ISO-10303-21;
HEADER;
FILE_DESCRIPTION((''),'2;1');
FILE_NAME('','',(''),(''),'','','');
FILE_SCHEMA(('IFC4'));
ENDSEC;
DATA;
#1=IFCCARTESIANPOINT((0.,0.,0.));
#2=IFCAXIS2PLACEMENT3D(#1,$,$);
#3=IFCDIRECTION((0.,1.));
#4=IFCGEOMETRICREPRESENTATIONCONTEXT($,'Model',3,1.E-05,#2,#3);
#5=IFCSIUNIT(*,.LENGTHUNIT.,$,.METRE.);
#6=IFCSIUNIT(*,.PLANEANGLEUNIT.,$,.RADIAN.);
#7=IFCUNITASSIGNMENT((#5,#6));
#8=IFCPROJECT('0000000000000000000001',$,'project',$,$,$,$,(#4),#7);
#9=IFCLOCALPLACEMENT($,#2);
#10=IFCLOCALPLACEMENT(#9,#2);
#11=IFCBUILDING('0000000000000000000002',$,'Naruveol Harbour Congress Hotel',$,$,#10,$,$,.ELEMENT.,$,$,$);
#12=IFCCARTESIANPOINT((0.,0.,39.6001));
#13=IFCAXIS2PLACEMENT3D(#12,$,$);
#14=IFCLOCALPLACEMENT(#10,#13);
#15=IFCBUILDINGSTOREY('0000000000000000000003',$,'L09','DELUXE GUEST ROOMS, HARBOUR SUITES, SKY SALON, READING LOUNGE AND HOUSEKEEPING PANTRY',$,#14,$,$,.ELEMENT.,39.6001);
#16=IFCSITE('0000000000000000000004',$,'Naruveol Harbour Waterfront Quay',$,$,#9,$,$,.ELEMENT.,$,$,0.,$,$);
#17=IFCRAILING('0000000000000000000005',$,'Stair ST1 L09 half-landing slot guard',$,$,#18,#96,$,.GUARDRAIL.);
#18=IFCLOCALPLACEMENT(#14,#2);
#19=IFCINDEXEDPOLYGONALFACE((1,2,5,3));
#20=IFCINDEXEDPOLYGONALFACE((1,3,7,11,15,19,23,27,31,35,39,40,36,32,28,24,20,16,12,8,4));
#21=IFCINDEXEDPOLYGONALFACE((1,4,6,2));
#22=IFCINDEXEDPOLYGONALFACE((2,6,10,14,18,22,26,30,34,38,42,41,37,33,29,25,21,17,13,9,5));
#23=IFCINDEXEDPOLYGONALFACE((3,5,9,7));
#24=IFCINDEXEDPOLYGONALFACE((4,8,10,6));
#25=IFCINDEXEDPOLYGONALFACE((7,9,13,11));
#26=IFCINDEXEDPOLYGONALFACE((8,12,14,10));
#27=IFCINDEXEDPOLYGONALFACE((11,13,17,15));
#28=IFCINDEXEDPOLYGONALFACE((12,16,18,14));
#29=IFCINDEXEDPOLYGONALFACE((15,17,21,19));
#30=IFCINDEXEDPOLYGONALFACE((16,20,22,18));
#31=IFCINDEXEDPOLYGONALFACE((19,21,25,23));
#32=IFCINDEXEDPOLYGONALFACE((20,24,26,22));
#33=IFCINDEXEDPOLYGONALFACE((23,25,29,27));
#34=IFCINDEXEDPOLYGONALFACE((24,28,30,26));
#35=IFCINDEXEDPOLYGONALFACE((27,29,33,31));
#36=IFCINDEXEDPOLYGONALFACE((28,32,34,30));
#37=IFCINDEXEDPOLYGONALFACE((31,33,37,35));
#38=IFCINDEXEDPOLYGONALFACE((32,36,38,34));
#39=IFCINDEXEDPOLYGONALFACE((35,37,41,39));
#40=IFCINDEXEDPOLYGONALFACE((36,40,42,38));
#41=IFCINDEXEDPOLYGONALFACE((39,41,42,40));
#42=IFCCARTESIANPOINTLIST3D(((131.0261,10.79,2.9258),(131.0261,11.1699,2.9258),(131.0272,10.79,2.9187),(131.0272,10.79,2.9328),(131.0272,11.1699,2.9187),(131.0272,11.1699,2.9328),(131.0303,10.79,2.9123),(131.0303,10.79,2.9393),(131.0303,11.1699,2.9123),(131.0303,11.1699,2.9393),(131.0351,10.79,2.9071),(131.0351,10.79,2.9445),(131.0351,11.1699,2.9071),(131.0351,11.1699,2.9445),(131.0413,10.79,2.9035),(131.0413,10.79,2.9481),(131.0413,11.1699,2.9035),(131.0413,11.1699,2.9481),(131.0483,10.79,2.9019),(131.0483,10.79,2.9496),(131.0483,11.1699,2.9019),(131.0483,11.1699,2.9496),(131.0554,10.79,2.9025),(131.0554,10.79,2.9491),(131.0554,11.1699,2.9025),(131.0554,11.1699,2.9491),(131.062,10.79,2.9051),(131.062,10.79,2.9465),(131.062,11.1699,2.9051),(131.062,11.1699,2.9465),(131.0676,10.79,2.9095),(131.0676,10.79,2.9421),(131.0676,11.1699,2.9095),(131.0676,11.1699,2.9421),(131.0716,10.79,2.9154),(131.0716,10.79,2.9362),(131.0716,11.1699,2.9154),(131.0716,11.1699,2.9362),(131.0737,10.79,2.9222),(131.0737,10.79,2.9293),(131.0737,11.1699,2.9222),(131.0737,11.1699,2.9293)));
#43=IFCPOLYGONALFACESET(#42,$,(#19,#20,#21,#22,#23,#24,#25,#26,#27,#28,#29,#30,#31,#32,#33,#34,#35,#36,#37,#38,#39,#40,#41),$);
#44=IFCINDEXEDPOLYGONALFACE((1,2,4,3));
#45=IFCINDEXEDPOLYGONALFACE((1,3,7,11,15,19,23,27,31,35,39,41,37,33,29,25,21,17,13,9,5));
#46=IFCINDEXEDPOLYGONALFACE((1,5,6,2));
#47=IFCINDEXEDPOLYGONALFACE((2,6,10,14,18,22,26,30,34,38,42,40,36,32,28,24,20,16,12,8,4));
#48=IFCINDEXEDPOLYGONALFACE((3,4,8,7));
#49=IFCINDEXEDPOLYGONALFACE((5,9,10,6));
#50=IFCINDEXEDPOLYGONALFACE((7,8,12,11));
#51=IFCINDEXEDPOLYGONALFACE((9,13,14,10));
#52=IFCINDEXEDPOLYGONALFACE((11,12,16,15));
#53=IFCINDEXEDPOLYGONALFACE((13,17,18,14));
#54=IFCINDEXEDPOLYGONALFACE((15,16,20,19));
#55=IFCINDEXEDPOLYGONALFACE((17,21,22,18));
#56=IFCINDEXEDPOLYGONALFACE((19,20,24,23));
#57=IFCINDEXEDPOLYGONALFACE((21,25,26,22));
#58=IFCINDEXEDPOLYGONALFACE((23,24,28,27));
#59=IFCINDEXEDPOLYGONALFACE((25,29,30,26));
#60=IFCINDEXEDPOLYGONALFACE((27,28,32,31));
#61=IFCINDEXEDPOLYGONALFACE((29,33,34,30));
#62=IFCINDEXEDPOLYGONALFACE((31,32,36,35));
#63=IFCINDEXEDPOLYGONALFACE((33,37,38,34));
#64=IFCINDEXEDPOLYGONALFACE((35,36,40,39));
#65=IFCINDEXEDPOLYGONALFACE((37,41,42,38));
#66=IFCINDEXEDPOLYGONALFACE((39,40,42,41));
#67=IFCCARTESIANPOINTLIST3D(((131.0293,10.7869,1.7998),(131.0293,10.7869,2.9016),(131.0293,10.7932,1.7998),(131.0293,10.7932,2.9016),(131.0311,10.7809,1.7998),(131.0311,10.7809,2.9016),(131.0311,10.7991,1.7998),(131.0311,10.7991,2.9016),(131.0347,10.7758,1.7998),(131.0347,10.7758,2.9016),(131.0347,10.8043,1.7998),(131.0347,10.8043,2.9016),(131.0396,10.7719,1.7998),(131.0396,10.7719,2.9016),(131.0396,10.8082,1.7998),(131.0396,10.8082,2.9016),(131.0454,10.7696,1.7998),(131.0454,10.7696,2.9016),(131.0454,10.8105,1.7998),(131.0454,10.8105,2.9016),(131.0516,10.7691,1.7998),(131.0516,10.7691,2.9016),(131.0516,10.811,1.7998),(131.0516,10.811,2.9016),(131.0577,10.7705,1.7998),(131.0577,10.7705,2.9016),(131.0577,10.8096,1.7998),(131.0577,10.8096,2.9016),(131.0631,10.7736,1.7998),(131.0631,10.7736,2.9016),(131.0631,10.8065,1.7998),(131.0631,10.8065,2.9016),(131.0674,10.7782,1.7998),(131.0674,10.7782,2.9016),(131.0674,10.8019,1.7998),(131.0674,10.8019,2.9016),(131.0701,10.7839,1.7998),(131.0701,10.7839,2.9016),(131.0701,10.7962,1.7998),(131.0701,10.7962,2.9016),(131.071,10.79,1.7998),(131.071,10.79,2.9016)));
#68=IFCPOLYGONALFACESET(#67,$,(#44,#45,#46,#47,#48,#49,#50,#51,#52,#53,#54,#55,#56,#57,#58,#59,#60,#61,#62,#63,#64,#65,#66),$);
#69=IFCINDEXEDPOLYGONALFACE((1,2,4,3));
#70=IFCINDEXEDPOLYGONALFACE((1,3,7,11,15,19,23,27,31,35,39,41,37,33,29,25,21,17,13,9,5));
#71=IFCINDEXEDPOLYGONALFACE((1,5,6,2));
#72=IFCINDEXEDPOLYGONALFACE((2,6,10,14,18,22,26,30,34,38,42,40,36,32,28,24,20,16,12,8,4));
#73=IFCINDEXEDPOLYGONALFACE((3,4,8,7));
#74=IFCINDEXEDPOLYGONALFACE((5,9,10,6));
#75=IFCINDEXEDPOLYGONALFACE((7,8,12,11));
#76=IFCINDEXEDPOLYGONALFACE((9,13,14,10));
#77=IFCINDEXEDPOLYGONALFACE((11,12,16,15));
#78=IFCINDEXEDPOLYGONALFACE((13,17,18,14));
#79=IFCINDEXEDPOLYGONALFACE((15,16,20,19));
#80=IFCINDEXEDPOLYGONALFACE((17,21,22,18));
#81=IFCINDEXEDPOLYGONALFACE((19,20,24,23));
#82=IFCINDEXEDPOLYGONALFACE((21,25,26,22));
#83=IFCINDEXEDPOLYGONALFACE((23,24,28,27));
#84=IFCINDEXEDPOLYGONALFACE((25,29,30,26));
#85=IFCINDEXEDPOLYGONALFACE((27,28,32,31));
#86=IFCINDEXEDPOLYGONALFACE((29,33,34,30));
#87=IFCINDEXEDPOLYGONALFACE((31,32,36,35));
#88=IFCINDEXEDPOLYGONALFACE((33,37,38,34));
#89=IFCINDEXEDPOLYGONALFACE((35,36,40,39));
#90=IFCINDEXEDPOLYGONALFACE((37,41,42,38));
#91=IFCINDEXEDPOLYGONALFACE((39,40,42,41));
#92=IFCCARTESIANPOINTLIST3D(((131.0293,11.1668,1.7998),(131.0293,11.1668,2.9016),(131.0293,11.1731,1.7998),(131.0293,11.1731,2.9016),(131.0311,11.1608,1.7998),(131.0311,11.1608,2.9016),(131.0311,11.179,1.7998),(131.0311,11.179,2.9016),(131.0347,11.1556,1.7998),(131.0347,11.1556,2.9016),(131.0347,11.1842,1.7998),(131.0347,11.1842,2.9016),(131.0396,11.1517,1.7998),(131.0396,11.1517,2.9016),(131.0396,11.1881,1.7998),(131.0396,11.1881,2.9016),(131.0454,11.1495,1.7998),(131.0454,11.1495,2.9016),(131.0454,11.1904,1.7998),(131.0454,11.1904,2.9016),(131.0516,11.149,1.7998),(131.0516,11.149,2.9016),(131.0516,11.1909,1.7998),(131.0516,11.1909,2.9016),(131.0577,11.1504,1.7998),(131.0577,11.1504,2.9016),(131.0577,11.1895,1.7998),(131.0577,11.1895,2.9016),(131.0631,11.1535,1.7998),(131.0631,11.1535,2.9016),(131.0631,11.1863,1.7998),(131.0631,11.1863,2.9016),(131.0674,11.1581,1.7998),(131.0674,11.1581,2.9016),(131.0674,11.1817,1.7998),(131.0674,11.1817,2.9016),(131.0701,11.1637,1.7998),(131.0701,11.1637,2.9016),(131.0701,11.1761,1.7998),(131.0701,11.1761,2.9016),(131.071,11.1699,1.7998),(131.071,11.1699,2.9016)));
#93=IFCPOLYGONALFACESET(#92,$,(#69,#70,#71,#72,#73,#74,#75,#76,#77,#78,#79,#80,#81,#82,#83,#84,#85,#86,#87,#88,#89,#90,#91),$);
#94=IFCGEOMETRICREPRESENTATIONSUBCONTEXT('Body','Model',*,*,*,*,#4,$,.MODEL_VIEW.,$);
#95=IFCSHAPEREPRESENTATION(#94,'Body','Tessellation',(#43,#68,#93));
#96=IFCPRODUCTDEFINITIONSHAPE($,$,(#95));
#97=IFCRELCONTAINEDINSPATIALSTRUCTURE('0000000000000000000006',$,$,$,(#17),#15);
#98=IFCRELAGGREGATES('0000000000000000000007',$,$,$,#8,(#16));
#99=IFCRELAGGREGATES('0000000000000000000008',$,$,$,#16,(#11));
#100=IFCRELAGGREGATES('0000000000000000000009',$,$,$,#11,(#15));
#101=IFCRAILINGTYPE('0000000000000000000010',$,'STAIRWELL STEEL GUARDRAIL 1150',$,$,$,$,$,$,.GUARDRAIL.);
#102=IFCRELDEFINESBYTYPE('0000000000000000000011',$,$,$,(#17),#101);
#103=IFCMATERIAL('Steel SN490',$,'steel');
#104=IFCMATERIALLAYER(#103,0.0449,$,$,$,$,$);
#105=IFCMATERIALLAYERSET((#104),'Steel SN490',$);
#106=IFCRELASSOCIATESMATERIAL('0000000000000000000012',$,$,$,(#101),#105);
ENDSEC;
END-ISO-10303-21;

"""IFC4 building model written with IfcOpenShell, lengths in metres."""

from ifc_helpers import new_model, si_unit, direction, frame, origin, origin_2d, place, context, subcontext, project, spatial, circle, extrude, material, layer, layer_set, type_object, element, save


model = new_model("IFC4")

# Units and contexts
model_context = context("Model", 3, precision=1e-05, world=origin(), true_north=direction((0.0, 1.0)))
body_context = subcontext(model_context, "Body", "Model", "MODEL_VIEW")
ifc_project = project(units=[si_unit("LENGTHUNIT", "METRE"), si_unit("PLANEANGLEUNIT", "RADIAN")], contexts=[model_context])

# Site, building, storey
site_placement = place(None, origin())
site = spatial("IfcSite", under=ifc_project, at=site_placement, Name="Naruveol Harbour Waterfront Quay", CompositionType="ELEMENT", RefElevation=0.0)
building_placement = place(site_placement, origin())
building = spatial("IfcBuilding", under=site, at=building_placement, Name="Naruveol Harbour Congress Hotel", CompositionType="ELEMENT")
storey_placement = place(building_placement, frame((0.0, 0.0, 39.6001)))
storey = spatial("IfcBuildingStorey", under=building, at=storey_placement, Name="L09", Description="DELUXE GUEST ROOMS, HARBOUR SUITES, SKY SALON, READING LOUNGE AND HOUSEKEEPING PANTRY", CompositionType="ELEMENT", Elevation=39.6001)

# Railing
ifc_material_1 = material(Name="Steel SN490", Category="steel")
ifc_layer_1 = layer(ifc_material_1, 0.0449)
ifc_layer_set_1 = layer_set([ifc_layer_1], Name="Steel SN490")
railing_type_1 = type_object("IfcRailingType", Name="STAIRWELL STEEL GUARDRAIL 1150", PredefinedType="GUARDRAIL", material=ifc_layer_set_1)
railing_1_placement = place(storey_placement, frame((131.05, 10.79, 1.7998)))
element("IfcRailing", 1, at=railing_1_placement, inside=storey, type_object=railing_type_1, Name="Stair ST1 L09 half-landing slot guard", PredefinedType="GUARDRAIL", context=body_context, shape_type="SweptSolid", body=[
    extrude(circle(Radius=0.0239, at=origin_2d()), frame((0.0, 0.0, 1.126), z_axis=(0.0, 1.0, 0.0), x_axis=(-1.0, 0.0, 0.0)), (0.0, 0.0, 1.0), 0.3799),
    extrude(circle(Radius=0.021, at=origin_2d()), origin(), (0.0, 0.0, 1.0), 1.1018),
    extrude(circle(Radius=0.021, at=origin_2d()), frame((0.0, 0.3799, 0.0)), (0.0, 0.0, 1.0), 1.1018),
])

save(model, "model.ifc")
